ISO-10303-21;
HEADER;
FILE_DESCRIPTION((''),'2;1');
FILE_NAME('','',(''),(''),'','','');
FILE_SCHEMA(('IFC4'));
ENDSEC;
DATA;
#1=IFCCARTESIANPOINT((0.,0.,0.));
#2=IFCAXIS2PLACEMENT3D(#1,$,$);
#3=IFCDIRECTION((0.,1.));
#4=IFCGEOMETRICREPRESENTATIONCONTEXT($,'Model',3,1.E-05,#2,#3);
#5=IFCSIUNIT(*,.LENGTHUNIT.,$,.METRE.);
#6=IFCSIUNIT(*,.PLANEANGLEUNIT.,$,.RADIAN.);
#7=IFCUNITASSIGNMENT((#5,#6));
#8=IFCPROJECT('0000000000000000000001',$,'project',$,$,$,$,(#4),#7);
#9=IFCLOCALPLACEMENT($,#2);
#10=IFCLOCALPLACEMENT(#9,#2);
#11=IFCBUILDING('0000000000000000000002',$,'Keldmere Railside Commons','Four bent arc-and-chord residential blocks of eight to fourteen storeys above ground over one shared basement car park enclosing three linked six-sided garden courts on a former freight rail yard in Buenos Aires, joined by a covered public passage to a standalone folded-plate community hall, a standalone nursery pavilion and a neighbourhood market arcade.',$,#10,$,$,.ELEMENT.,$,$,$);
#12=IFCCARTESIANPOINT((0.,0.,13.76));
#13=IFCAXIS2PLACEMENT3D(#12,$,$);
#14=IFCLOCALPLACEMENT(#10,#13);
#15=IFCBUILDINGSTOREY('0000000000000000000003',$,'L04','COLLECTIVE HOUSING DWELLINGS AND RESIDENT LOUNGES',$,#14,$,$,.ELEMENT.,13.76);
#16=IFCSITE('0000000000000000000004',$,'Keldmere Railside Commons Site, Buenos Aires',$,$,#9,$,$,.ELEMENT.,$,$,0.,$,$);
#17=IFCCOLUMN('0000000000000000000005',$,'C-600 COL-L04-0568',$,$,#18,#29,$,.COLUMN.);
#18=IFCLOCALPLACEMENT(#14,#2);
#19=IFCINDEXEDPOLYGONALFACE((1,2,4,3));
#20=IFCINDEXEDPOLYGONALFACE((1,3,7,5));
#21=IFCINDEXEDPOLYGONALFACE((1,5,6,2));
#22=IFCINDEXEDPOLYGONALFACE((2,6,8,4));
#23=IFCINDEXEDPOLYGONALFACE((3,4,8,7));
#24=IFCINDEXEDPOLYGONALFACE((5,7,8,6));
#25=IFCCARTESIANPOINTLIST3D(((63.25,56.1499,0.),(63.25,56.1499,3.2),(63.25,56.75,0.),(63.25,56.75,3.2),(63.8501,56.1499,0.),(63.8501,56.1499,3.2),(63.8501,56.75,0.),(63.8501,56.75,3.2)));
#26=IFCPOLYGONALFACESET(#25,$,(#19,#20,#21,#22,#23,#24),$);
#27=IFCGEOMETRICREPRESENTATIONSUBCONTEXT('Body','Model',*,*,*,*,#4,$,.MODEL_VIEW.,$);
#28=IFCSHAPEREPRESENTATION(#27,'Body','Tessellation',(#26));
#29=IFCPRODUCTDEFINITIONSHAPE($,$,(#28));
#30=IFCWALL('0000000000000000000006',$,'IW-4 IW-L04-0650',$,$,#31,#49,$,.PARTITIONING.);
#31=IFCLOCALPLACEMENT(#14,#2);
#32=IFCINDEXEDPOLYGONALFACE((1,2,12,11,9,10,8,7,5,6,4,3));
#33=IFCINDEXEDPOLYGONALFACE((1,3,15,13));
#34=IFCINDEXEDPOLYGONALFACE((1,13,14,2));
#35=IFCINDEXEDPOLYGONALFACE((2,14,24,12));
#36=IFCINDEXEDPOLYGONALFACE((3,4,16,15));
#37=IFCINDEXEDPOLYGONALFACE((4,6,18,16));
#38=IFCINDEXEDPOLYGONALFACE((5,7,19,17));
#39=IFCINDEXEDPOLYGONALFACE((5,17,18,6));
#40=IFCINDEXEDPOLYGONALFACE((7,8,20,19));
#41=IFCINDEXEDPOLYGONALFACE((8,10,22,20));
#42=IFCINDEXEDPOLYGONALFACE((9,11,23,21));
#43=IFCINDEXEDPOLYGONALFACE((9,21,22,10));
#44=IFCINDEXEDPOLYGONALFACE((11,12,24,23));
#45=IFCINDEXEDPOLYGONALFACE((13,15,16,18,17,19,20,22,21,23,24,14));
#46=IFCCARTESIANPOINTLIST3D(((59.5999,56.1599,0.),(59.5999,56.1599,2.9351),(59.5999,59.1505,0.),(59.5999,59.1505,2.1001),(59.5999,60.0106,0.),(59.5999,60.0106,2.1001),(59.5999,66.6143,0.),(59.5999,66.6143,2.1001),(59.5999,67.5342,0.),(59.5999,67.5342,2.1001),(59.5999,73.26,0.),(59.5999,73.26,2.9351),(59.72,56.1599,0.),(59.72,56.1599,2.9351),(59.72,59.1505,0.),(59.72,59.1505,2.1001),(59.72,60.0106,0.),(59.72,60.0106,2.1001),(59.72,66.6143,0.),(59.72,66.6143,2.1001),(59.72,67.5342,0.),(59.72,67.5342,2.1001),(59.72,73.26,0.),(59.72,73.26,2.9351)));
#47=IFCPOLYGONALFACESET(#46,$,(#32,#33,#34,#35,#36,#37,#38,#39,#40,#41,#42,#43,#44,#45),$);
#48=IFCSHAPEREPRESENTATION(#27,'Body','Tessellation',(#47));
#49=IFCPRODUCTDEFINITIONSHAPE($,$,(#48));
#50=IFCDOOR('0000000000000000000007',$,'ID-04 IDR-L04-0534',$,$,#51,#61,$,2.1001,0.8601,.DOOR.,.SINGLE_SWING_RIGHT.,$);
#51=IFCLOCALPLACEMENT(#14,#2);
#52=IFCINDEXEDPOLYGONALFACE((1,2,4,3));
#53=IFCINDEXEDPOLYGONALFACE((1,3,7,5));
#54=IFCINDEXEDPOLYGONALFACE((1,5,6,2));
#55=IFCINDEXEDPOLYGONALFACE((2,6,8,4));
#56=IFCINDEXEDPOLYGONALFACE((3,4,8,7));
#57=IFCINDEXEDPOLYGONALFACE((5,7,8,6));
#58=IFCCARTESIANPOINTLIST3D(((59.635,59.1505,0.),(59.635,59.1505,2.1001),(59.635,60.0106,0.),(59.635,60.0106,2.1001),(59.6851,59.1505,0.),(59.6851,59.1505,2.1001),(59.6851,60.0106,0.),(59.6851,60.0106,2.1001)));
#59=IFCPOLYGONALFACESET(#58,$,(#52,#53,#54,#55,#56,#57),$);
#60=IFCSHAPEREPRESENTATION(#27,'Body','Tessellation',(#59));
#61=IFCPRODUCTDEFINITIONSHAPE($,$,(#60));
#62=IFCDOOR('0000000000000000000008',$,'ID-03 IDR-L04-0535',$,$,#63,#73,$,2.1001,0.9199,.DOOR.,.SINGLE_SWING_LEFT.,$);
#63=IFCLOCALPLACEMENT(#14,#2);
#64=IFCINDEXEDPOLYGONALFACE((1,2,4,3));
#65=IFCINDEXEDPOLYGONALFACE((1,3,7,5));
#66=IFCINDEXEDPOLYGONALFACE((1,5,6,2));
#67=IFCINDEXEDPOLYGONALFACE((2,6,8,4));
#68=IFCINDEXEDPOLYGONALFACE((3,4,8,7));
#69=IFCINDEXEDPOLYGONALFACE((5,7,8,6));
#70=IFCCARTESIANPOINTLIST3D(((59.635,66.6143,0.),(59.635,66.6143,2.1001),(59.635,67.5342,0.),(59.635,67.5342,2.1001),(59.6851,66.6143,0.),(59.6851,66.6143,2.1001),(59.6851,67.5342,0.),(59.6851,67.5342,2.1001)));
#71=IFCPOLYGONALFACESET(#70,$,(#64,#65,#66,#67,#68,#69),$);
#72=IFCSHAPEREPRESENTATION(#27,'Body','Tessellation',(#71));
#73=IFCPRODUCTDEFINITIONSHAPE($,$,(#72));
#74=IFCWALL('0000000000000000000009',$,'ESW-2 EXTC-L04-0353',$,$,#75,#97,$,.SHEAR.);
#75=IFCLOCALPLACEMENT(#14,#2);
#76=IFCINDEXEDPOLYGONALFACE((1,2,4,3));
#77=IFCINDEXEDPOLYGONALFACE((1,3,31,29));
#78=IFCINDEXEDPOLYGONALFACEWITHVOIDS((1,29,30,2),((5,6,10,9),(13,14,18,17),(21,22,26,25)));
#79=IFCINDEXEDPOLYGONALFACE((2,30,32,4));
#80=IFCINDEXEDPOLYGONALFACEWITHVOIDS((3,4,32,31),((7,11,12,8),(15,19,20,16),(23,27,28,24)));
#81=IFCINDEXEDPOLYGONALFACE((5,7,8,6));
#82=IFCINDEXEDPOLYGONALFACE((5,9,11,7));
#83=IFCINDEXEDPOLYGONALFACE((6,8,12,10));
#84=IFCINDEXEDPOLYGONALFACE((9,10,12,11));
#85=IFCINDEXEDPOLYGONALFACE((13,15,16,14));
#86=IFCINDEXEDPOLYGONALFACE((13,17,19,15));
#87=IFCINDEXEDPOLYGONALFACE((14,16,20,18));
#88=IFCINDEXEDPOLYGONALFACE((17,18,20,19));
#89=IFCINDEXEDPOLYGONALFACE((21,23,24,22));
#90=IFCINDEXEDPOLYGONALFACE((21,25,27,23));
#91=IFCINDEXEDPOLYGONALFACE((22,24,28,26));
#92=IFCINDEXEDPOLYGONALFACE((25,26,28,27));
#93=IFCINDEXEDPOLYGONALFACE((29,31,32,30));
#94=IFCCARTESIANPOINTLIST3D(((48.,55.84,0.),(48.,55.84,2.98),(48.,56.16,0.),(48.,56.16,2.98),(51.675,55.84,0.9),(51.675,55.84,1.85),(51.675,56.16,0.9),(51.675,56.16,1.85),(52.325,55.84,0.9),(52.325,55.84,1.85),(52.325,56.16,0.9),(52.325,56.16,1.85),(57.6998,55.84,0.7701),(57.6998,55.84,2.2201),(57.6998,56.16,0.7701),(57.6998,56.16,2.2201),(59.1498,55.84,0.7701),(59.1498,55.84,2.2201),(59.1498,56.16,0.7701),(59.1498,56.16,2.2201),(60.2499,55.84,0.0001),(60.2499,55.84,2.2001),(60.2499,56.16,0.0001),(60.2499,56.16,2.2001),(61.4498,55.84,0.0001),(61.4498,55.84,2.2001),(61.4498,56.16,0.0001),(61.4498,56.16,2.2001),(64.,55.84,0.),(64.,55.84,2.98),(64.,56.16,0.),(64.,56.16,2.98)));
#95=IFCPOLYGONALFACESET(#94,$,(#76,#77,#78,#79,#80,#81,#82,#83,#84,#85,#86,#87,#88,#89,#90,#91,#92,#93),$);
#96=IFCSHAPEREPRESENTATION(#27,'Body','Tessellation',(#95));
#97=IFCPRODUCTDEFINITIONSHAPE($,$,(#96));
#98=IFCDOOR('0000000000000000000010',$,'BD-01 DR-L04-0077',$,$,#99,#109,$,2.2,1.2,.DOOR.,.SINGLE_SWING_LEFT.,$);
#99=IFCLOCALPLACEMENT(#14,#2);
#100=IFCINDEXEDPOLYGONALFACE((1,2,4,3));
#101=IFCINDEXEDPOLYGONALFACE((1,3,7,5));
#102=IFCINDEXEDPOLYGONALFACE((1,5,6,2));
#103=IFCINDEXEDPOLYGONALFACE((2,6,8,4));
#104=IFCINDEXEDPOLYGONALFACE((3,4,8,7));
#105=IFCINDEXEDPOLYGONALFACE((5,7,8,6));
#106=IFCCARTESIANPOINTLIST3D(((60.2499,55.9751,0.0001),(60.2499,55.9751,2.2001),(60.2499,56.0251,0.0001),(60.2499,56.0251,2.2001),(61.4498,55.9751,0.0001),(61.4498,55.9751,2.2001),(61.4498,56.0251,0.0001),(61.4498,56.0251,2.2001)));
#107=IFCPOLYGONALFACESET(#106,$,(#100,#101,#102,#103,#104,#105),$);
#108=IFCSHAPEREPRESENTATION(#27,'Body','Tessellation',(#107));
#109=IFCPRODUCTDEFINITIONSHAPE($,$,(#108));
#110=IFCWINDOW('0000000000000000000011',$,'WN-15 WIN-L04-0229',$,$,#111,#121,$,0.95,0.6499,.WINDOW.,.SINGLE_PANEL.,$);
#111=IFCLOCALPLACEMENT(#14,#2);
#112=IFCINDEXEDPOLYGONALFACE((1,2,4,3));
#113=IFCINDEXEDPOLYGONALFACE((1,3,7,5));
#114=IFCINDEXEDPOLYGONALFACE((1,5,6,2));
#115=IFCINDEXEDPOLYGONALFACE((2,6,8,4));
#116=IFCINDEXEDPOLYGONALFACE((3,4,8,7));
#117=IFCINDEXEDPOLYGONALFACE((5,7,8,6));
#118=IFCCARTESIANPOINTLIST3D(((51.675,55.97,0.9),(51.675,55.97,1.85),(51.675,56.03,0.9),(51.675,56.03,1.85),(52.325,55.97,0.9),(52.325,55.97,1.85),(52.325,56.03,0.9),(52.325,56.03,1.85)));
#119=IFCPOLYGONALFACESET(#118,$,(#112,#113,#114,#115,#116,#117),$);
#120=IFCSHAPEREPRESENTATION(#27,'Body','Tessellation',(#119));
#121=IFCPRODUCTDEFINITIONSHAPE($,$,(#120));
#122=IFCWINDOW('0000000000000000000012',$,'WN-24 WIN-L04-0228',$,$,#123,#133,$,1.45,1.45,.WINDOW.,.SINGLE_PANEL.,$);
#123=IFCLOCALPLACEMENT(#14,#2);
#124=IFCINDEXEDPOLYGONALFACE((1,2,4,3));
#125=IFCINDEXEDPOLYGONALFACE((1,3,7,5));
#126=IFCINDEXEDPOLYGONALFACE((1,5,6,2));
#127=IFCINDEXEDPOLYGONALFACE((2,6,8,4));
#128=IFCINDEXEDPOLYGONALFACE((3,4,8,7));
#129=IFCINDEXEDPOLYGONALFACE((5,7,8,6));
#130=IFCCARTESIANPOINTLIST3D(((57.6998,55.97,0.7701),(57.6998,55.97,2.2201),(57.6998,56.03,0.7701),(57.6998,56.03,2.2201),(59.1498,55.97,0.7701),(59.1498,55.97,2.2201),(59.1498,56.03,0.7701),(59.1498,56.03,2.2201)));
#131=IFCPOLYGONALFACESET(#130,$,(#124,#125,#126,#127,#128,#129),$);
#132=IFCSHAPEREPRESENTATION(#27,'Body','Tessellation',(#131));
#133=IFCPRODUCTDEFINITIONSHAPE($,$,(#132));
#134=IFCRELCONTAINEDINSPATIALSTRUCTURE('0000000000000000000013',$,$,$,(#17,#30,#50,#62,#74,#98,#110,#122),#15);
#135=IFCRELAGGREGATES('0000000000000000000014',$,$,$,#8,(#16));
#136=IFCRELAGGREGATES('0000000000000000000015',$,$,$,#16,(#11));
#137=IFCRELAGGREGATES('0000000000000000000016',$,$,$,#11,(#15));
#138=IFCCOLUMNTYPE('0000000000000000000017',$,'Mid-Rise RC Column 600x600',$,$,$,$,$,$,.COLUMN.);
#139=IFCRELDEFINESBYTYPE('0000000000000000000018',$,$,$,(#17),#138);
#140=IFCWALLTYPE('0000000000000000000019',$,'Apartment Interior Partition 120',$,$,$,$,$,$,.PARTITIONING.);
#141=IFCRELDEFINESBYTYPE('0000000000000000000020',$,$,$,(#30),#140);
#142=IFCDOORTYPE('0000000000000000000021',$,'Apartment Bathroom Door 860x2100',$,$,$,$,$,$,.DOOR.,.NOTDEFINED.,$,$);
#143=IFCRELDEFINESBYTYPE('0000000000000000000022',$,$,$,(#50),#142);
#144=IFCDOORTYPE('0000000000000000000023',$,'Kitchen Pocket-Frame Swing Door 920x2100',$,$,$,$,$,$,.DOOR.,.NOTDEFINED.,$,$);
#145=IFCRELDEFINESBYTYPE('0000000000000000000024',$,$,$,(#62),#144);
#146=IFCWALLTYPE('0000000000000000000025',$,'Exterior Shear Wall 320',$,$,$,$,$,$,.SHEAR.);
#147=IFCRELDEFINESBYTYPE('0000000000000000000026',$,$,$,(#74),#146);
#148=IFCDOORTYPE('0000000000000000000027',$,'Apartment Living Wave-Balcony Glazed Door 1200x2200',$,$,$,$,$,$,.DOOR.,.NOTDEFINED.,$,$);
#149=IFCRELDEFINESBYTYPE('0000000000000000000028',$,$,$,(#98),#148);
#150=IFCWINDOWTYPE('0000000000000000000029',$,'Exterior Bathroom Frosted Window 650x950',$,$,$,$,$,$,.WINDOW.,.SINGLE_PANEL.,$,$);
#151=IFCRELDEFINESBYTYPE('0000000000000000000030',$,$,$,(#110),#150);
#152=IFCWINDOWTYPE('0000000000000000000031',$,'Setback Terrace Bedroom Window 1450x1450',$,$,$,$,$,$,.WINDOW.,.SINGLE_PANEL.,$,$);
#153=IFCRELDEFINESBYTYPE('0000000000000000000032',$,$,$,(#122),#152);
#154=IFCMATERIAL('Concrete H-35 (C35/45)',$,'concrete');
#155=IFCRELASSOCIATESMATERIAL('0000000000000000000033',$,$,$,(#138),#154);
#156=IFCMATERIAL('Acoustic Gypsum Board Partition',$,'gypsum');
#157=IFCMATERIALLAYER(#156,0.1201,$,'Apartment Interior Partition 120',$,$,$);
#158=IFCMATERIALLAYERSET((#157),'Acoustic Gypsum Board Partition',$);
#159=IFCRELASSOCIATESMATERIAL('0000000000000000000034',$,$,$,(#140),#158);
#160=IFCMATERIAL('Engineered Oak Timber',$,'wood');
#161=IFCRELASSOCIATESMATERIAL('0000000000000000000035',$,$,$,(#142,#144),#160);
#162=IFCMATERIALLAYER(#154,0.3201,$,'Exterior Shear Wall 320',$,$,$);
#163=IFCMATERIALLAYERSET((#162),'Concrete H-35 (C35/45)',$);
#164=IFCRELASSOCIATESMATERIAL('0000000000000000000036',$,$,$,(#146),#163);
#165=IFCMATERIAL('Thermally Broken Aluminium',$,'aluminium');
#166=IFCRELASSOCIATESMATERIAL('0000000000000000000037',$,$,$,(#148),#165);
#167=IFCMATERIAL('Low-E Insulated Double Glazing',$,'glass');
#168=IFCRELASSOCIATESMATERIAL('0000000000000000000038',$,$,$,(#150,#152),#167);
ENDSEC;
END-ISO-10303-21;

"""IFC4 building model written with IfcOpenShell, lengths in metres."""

from ifc_helpers import new_model, si_unit, direction, frame, frame_2d, origin, origin_2d, place, context, subcontext, project, spatial, rectangle, extrude, material, layer, layer_set, material_profile, profile_set, type_object, element, fill, save


model = new_model("IFC4")

# Units and contexts
model_context = context("Model", 3, precision=1e-05, world=origin(), true_north=direction((0.0, 1.0)))
body_context = subcontext(model_context, "Body", "Model", "MODEL_VIEW")
ifc_project = project(units=[si_unit("LENGTHUNIT", "METRE"), si_unit("PLANEANGLEUNIT", "RADIAN")], contexts=[model_context])

# Site, building, storey
site_placement = place(None, origin())
site = spatial("IfcSite", under=ifc_project, at=site_placement, Name="Keldmere Railside Commons Site, Buenos Aires", CompositionType="ELEMENT", RefElevation=0.0)
building_placement = place(site_placement, origin())
building = spatial("IfcBuilding", under=site, at=building_placement, Name="Keldmere Railside Commons", Description="Four bent arc-and-chord residential blocks of eight to fourteen storeys above ground over one shared basement car park enclosing three linked six-sided garden courts on a former freight rail yard in Buenos Aires, joined by a covered public passage to a standalone folded-plate community hall, a standalone nursery pavilion and a neighbourhood market arcade.", CompositionType="ELEMENT")
storey_placement = place(building_placement, frame((0.0, 0.0, 13.76)))
storey = spatial("IfcBuildingStorey", under=building, at=storey_placement, Name="L04", Description="COLLECTIVE HOUSING DWELLINGS AND RESIDENT LOUNGES", CompositionType="ELEMENT", Elevation=13.76)

# Column
ifc_material_1 = material(Name="Concrete H-35 (C35/45)", Category="concrete")
ifc_material_profile = material_profile(ifc_material_1, rectangle(XDim=0.6001, YDim=0.6001, at=origin_2d()), Name="RC-600x600")
ifc_profile_set = profile_set([ifc_material_profile], Name="Concrete H-35 (C35/45)")
column_type = type_object("IfcColumnType", Name="Mid-Rise RC Column 600x600", PredefinedType="COLUMN", material=ifc_profile_set)
column_placement = place(storey_placement, frame((63.55, 56.45, 0.0), z_axis=(0.0, 0.0, 1.0), x_axis=(1.0, 0.0, 0.0)))
element("IfcColumn", 1, at=column_placement, inside=storey, type_object=column_type, Name="C-600 COL-L04-0568", PredefinedType="COLUMN", context=body_context, shape_type="SweptSolid", body=[
    extrude(rectangle(XDim=0.6001, YDim=0.6001, at=origin_2d()), origin(), (0.0, 0.0, 1.0), 3.2),
])

# Wall, openings, doors
ifc_material_2 = material(Name="Acoustic Gypsum Board Partition", Category="gypsum")
ifc_layer_1 = layer(ifc_material_2, 0.1201, Name="Apartment Interior Partition 120")
ifc_layer_set_1 = layer_set([ifc_layer_1], Name="Acoustic Gypsum Board Partition")
wall_type_1 = type_object("IfcWallType", Name="Apartment Interior Partition 120", PredefinedType="PARTITIONING", material=ifc_layer_set_1)
wall_1_placement = place(storey_placement, frame((59.6599, 56.1599, 0.0), z_axis=(0.0, 0.0, 1.0), x_axis=(0.0, 1.0, 0.0)))
wall_1 = element("IfcWall", 2, at=wall_1_placement, inside=storey, type_object=wall_type_1, Name="IW-4 IW-L04-0650", PredefinedType="PARTITIONING", context=body_context, shape_type="SweptSolid", body=[
    extrude(rectangle(XDim=17.1001, YDim=0.1201, at=frame_2d((8.55, 0.0))), origin(), (0.0, 0.0, 1.0), 2.9351),
])
opening_1_placement = place(wall_1_placement, frame((2.9905, 0.0, 0.0)))
opening_1 = element("IfcOpeningElement", 3, at=opening_1_placement, cuts=wall_1, PredefinedType="OPENING", context=body_context, shape_type="SweptSolid", body=[
    extrude(rectangle(XDim=0.8601, YDim=2.1001, at=frame_2d((0.4302, 1.05))), frame((0.0, 0.0701, 0.0), z_axis=(0.0, -1.0, 0.0), x_axis=(1.0, 0.0, 0.0)), (0.0, 0.0, 1.0), 0.1401),
])
opening_2_placement = place(wall_1_placement, frame((10.4543, 0.0, 0.0)))
opening_2 = element("IfcOpeningElement", 4, at=opening_2_placement, cuts=wall_1, PredefinedType="OPENING", context=body_context, shape_type="SweptSolid", body=[
    extrude(rectangle(XDim=0.9199, YDim=2.1001, at=frame_2d((0.46, 1.05))), frame((0.0, 0.0701, 0.0), z_axis=(0.0, -1.0, 0.0), x_axis=(1.0, 0.0, 0.0)), (0.0, 0.0, 1.0), 0.1401),
])
ifc_material_3 = material(Name="Engineered Oak Timber", Category="wood")
door_type_1 = type_object("IfcDoorType", Name="Apartment Bathroom Door 860x2100", OperationType="NOTDEFINED", PredefinedType="DOOR", material=ifc_material_3)
door_1_placement = place(opening_1_placement, origin())
door_1 = element("IfcDoor", 5, at=door_1_placement, inside=storey, type_object=door_type_1, Name="ID-04 IDR-L04-0534", OperationType="SINGLE_SWING_RIGHT", OverallHeight=2.1001, OverallWidth=0.8601, PredefinedType="DOOR", context=body_context, shape_type="SweptSolid", body=[
    extrude(rectangle(XDim=0.8601, YDim=2.1001, at=frame_2d((0.4302, 1.05))), frame((0.0, 0.0249, 0.0), z_axis=(0.0, -1.0, 0.0), x_axis=(1.0, 0.0, 0.0)), (0.0, 0.0, 1.0), 0.05),
])
fill(opening_1, door_1)
door_type_2 = type_object("IfcDoorType", Name="Kitchen Pocket-Frame Swing Door 920x2100", OperationType="NOTDEFINED", PredefinedType="DOOR", material=ifc_material_3)
door_2_placement = place(opening_2_placement, origin())
door_2 = element("IfcDoor", 6, at=door_2_placement, inside=storey, type_object=door_type_2, Name="ID-03 IDR-L04-0535", OperationType="SINGLE_SWING_LEFT", OverallHeight=2.1001, OverallWidth=0.9199, PredefinedType="DOOR", context=body_context, shape_type="SweptSolid", body=[
    extrude(rectangle(XDim=0.9199, YDim=2.1001, at=frame_2d((0.46, 1.05))), frame((0.0, 0.0249, 0.0), z_axis=(0.0, -1.0, 0.0), x_axis=(1.0, 0.0, 0.0)), (0.0, 0.0, 1.0), 0.05),
])
fill(opening_2, door_2)

# Wall, openings, door, windows
ifc_layer_2 = layer(ifc_material_1, 0.3201, Name="Exterior Shear Wall 320")
ifc_layer_set_2 = layer_set([ifc_layer_2], Name="Concrete H-35 (C35/45)")
wall_type_2 = type_object("IfcWallType", Name="Exterior Shear Wall 320", PredefinedType="SHEAR", material=ifc_layer_set_2)
wall_2_placement = place(storey_placement, frame((64.0, 56.0, 0.0), z_axis=(0.0, 0.0, 1.0), x_axis=(-1.0, 0.0, 0.0)))
wall_2 = element("IfcWall", 7, at=wall_2_placement, inside=storey, type_object=wall_type_2, Name="ESW-2 EXTC-L04-0353", PredefinedType="SHEAR", context=body_context, shape_type="SweptSolid", body=[
    extrude(rectangle(XDim=16.0, YDim=0.3201, at=frame_2d((8.0, 0.0))), origin(), (0.0, 0.0, 1.0), 2.98),
])
opening_3_placement = place(wall_2_placement, frame((2.55, 0.0, 0.0)))
opening_3 = element("IfcOpeningElement", 8, at=opening_3_placement, cuts=wall_2, PredefinedType="OPENING", context=body_context, shape_type="SweptSolid", body=[
    extrude(rectangle(XDim=1.2, YDim=2.2, at=frame_2d((0.6001, 1.1001))), frame((0.0, 0.1699, 0.0), z_axis=(0.0, -1.0, 0.0), x_axis=(1.0, 0.0, 0.0)), (0.0, 0.0, 1.0), 0.3401),
])
opening_4_placement = place(wall_2_placement, frame((4.8501, 0.0, 0.77)))
opening_4 = element("IfcOpeningElement", 9, at=opening_4_placement, cuts=wall_2, PredefinedType="OPENING", context=body_context, shape_type="SweptSolid", body=[
    extrude(rectangle(XDim=1.45, YDim=1.45, at=frame_2d((0.7251, 0.7251))), frame((0.0, 0.1699, 0.0), z_axis=(0.0, -1.0, 0.0), x_axis=(1.0, 0.0, 0.0)), (0.0, 0.0, 1.0), 0.3401),
])
opening_5_placement = place(wall_2_placement, frame((11.675, 0.0, 0.8999)))
opening_5 = element("IfcOpeningElement", 10, at=opening_5_placement, cuts=wall_2, PredefinedType="OPENING", context=body_context, shape_type="SweptSolid", body=[
    extrude(rectangle(XDim=0.6499, YDim=0.95, at=frame_2d((0.325, 0.4751))), frame((0.0, 0.1699, 0.0), z_axis=(0.0, -1.0, 0.0), x_axis=(1.0, 0.0, 0.0)), (0.0, 0.0, 1.0), 0.3401),
])
ifc_material_4 = material(Name="Thermally Broken Aluminium", Category="aluminium")
door_type_3 = type_object("IfcDoorType", Name="Apartment Living Wave-Balcony Glazed Door 1200x2200", OperationType="NOTDEFINED", PredefinedType="DOOR", material=ifc_material_4)
door_3_placement = place(opening_3_placement, origin())
door_3 = element("IfcDoor", 11, at=door_3_placement, inside=storey, type_object=door_type_3, Name="BD-01 DR-L04-0077", OperationType="SINGLE_SWING_LEFT", OverallHeight=2.2, OverallWidth=1.2, PredefinedType="DOOR", context=body_context, shape_type="SweptSolid", body=[
    extrude(rectangle(XDim=1.2, YDim=2.2, at=frame_2d((0.6001, 1.1001))), frame((0.0, 0.0249, 0.0), z_axis=(0.0, -1.0, 0.0), x_axis=(1.0, 0.0, 0.0)), (0.0, 0.0, 1.0), 0.05),
])
fill(opening_3, door_3)
ifc_material_5 = material(Name="Low-E Insulated Double Glazing", Category="glass")
window_type_1 = type_object("IfcWindowType", Name="Exterior Bathroom Frosted Window 650x950", PartitioningType="SINGLE_PANEL", PredefinedType="WINDOW", material=ifc_material_5)
window_1_placement = place(opening_5_placement, origin())
window_1 = element("IfcWindow", 12, at=window_1_placement, inside=storey, type_object=window_type_1, Name="WN-15 WIN-L04-0229", OverallHeight=0.95, OverallWidth=0.6499, PartitioningType="SINGLE_PANEL", PredefinedType="WINDOW", context=body_context, shape_type="SweptSolid", body=[
    extrude(rectangle(XDim=0.6499, YDim=0.95, at=frame_2d((0.325, 0.4751))), frame((0.0, 0.03, 0.0), z_axis=(0.0, -1.0, 0.0), x_axis=(1.0, 0.0, 0.0)), (0.0, 0.0, 1.0), 0.0601),
])
fill(opening_5, window_1)
window_type_2 = type_object("IfcWindowType", Name="Setback Terrace Bedroom Window 1450x1450", PartitioningType="SINGLE_PANEL", PredefinedType="WINDOW", material=ifc_material_5)
window_2_placement = place(opening_4_placement, origin())
window_2 = element("IfcWindow", 13, at=window_2_placement, inside=storey, type_object=window_type_2, Name="WN-24 WIN-L04-0228", OverallHeight=1.45, OverallWidth=1.45, PartitioningType="SINGLE_PANEL", PredefinedType="WINDOW", context=body_context, shape_type="SweptSolid", body=[
    extrude(rectangle(XDim=1.45, YDim=1.45, at=frame_2d((0.7251, 0.7251))), frame((0.0, 0.03, 0.0), z_axis=(0.0, -1.0, 0.0), x_axis=(1.0, 0.0, 0.0)), (0.0, 0.0, 1.0), 0.0601),
])
fill(opening_4, window_2)

save(model, "model.ifc")
